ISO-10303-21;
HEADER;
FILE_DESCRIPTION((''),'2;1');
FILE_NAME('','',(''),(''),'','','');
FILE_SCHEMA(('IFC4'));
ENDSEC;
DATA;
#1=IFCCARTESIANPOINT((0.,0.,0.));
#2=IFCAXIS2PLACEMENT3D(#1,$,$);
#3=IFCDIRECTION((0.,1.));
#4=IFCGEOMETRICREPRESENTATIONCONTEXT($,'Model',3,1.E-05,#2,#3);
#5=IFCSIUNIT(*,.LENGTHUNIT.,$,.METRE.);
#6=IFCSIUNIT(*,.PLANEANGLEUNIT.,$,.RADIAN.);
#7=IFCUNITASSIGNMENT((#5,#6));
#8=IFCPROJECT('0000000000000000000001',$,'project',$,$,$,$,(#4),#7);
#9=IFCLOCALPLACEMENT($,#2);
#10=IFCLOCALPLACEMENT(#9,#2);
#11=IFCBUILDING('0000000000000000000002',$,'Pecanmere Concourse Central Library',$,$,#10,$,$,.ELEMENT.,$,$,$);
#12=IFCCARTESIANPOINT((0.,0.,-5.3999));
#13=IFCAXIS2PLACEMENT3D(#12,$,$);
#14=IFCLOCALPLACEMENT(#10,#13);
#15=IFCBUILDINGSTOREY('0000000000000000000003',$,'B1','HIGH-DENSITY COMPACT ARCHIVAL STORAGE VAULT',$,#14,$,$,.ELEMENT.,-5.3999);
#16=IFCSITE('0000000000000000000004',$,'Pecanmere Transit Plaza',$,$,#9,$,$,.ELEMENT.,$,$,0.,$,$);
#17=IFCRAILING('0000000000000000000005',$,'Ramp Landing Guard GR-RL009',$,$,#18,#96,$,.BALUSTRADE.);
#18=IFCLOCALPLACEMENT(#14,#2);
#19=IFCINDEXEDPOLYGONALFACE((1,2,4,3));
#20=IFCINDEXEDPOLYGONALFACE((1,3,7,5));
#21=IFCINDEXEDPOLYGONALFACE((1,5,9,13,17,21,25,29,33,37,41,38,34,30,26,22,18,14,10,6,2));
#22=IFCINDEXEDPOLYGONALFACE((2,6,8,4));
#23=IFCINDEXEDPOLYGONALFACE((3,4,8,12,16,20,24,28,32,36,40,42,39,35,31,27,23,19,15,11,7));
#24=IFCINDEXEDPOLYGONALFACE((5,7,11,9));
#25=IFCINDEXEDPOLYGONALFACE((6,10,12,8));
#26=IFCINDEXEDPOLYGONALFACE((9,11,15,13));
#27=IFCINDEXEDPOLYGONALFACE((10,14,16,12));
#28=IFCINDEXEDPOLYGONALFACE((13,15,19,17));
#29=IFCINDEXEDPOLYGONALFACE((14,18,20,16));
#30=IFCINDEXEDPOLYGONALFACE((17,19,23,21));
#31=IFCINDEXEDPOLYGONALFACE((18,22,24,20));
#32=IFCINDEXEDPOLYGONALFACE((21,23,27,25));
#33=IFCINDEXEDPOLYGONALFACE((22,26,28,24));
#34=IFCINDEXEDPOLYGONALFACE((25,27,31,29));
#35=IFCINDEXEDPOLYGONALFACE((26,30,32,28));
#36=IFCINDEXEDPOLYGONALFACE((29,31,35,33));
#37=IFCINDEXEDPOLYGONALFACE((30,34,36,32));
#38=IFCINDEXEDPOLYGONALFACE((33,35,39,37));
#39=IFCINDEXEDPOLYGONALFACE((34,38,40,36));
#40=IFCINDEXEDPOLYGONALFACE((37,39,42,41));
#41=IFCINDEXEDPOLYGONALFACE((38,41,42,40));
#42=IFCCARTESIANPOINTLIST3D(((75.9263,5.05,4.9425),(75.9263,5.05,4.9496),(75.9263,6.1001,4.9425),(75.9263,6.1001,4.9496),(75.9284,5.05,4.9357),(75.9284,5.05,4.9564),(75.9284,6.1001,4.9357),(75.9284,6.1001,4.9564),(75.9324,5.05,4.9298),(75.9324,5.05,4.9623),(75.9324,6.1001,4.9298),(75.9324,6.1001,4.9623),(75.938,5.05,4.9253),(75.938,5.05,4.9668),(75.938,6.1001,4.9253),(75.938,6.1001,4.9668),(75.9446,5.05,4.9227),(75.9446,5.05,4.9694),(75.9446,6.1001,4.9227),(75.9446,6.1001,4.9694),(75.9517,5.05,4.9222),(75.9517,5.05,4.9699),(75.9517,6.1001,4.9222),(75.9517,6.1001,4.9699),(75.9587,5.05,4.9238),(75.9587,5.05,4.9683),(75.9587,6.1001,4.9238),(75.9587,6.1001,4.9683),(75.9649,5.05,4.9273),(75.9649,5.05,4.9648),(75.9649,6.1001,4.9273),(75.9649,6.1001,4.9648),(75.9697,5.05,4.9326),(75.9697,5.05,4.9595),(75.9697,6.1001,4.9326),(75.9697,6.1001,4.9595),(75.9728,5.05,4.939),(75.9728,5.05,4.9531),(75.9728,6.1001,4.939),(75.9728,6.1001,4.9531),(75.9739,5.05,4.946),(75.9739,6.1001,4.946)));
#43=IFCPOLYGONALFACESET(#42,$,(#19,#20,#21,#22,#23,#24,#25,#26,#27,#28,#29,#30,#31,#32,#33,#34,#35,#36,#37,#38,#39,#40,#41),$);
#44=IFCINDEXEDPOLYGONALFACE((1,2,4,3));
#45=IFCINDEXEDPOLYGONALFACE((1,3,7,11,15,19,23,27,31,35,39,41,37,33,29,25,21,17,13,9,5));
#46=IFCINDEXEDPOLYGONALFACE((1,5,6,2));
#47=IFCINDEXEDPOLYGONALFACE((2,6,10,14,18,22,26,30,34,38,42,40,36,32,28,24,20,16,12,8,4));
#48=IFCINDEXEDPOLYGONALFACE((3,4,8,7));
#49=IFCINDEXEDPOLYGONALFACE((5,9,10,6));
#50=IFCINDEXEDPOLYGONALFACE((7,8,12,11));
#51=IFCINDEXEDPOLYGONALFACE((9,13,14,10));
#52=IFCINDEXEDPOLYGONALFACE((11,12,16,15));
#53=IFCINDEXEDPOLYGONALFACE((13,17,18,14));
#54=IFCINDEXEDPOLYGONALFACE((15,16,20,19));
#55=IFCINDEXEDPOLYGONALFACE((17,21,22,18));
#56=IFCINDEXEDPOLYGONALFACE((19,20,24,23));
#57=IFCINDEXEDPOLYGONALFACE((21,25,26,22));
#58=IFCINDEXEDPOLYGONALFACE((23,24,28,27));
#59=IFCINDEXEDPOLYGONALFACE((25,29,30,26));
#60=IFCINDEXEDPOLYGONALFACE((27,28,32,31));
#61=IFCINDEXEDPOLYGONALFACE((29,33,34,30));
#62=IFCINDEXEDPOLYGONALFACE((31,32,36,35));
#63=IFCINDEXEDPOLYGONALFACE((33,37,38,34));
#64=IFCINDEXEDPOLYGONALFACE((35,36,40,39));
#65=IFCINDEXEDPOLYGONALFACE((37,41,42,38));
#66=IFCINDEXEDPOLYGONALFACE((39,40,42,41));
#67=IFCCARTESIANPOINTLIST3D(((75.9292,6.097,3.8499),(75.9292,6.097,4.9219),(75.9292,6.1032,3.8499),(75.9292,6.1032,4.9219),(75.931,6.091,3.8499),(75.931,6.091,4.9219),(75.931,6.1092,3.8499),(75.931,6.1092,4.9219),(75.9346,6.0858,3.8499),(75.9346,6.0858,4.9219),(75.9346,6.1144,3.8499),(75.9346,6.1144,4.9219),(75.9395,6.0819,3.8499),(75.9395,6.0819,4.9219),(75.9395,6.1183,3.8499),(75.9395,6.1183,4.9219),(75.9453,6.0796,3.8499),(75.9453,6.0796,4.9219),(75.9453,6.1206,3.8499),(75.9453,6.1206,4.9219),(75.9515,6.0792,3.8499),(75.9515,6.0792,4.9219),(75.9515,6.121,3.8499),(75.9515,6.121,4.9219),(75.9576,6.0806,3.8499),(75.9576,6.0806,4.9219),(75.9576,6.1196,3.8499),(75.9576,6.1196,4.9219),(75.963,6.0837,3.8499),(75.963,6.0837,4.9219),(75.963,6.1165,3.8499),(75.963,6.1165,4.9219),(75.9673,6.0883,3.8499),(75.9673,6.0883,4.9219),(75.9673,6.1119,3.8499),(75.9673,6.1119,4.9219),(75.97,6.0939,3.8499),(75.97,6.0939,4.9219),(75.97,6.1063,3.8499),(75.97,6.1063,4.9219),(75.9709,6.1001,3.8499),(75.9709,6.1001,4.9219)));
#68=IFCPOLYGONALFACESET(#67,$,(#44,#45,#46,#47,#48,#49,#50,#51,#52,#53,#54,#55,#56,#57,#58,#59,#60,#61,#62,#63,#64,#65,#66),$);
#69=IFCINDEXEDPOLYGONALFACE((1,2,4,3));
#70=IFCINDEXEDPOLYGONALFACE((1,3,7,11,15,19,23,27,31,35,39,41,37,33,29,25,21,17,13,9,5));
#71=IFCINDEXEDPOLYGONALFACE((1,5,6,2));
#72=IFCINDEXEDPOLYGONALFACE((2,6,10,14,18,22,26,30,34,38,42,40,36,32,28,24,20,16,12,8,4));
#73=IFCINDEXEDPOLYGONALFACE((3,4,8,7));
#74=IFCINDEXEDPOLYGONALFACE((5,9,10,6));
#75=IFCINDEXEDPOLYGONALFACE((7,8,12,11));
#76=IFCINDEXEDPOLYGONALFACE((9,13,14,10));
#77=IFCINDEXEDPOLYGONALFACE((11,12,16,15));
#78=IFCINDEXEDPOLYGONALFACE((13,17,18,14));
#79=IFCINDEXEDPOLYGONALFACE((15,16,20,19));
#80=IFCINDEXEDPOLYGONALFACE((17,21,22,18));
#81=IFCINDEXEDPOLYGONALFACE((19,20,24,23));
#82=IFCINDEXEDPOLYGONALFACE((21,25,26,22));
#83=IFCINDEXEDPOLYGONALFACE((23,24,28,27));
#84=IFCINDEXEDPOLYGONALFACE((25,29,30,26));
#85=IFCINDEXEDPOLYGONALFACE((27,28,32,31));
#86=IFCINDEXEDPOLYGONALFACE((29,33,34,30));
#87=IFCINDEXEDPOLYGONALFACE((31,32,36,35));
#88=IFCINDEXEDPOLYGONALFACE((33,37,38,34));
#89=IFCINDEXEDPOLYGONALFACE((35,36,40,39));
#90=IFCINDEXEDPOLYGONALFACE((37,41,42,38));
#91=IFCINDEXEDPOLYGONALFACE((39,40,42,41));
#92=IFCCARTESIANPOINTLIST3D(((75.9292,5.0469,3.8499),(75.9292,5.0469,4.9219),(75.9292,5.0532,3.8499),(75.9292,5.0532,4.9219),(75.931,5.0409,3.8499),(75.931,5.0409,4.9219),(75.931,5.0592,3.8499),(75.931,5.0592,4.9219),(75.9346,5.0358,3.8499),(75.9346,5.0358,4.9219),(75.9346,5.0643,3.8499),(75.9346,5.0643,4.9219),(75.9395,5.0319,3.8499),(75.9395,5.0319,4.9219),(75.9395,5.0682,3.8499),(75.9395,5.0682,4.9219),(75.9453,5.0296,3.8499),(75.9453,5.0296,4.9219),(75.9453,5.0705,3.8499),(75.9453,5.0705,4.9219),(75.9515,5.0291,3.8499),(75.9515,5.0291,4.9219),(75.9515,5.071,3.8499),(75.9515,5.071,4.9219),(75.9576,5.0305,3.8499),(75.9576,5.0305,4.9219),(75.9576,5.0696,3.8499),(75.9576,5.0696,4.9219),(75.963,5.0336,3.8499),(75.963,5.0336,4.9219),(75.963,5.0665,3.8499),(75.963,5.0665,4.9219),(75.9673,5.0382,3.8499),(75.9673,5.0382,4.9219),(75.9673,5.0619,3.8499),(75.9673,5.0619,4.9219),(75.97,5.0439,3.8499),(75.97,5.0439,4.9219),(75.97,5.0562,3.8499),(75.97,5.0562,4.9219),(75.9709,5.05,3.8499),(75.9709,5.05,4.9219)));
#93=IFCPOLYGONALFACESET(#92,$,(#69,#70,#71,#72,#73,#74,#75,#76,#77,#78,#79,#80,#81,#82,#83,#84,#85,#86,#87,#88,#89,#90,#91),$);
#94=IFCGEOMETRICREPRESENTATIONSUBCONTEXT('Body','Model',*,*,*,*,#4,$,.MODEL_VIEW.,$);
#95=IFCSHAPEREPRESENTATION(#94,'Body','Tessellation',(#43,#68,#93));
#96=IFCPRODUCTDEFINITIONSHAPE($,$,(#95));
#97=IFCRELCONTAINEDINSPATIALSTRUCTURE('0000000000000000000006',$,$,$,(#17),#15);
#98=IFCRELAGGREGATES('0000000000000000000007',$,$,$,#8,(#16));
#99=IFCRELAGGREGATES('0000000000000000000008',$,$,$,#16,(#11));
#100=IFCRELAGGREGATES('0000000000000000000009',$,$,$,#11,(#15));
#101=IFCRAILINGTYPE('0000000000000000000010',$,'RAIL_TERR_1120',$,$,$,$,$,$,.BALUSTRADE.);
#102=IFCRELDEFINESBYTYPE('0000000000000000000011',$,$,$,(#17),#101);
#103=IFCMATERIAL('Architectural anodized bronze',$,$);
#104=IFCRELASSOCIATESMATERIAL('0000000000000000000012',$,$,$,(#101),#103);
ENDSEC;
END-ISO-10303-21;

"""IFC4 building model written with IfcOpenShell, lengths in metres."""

from ifc_helpers import new_model, si_unit, direction, frame, origin, origin_2d, place, context, subcontext, project, spatial, circle, extrude, material, type_object, element, save


model = new_model("IFC4")

# Units and contexts
model_context = context("Model", 3, precision=1e-05, world=origin(), true_north=direction((0.0, 1.0)))
body_context = subcontext(model_context, "Body", "Model", "MODEL_VIEW")
ifc_project = project(units=[si_unit("LENGTHUNIT", "METRE"), si_unit("PLANEANGLEUNIT", "RADIAN")], contexts=[model_context])

# Site, building, storey
site_placement = place(None, origin())
site = spatial("IfcSite", under=ifc_project, at=site_placement, Name="Pecanmere Transit Plaza", CompositionType="ELEMENT", RefElevation=0.0)
building_placement = place(site_placement, origin())
building = spatial("IfcBuilding", under=site, at=building_placement, Name="Pecanmere Concourse Central Library", CompositionType="ELEMENT")
storey_placement = place(building_placement, frame((0.0, 0.0, -5.3999)))
storey = spatial("IfcBuildingStorey", under=building, at=storey_placement, Name="B1", Description="HIGH-DENSITY COMPACT ARCHIVAL STORAGE VAULT", CompositionType="ELEMENT", Elevation=-5.3999)

# Railing
ifc_material_1 = material(Name="Architectural anodized bronze")
railing_type_1 = type_object("IfcRailingType", Name="RAIL_TERR_1120", PredefinedType="BALUSTRADE", material=ifc_material_1)
railing_1_placement = place(storey_placement, frame((75.95, 6.1001, 3.8499)))
element("IfcRailing", 1, at=railing_1_placement, inside=storey, type_object=railing_type_1, Name="Ramp Landing Guard GR-RL009", PredefinedType="BALUSTRADE", context=body_context, shape_type="SweptSolid", body=[
    extrude(circle(Radius=0.0239, at=origin_2d()), frame((0.0, 0.0, 1.0962), z_axis=(0.0, -1.0, 0.0), x_axis=(1.0, 0.0, 0.0)), (0.0, 0.0, 1.0), 1.05),
    extrude(circle(Radius=0.021, at=origin_2d()), origin(), (0.0, 0.0, 1.0), 1.072),
    extrude(circle(Radius=0.021, at=origin_2d()), frame((0.0, -1.05, 0.0)), (0.0, 0.0, 1.0), 1.072),
])

save(model, "model.ifc")
